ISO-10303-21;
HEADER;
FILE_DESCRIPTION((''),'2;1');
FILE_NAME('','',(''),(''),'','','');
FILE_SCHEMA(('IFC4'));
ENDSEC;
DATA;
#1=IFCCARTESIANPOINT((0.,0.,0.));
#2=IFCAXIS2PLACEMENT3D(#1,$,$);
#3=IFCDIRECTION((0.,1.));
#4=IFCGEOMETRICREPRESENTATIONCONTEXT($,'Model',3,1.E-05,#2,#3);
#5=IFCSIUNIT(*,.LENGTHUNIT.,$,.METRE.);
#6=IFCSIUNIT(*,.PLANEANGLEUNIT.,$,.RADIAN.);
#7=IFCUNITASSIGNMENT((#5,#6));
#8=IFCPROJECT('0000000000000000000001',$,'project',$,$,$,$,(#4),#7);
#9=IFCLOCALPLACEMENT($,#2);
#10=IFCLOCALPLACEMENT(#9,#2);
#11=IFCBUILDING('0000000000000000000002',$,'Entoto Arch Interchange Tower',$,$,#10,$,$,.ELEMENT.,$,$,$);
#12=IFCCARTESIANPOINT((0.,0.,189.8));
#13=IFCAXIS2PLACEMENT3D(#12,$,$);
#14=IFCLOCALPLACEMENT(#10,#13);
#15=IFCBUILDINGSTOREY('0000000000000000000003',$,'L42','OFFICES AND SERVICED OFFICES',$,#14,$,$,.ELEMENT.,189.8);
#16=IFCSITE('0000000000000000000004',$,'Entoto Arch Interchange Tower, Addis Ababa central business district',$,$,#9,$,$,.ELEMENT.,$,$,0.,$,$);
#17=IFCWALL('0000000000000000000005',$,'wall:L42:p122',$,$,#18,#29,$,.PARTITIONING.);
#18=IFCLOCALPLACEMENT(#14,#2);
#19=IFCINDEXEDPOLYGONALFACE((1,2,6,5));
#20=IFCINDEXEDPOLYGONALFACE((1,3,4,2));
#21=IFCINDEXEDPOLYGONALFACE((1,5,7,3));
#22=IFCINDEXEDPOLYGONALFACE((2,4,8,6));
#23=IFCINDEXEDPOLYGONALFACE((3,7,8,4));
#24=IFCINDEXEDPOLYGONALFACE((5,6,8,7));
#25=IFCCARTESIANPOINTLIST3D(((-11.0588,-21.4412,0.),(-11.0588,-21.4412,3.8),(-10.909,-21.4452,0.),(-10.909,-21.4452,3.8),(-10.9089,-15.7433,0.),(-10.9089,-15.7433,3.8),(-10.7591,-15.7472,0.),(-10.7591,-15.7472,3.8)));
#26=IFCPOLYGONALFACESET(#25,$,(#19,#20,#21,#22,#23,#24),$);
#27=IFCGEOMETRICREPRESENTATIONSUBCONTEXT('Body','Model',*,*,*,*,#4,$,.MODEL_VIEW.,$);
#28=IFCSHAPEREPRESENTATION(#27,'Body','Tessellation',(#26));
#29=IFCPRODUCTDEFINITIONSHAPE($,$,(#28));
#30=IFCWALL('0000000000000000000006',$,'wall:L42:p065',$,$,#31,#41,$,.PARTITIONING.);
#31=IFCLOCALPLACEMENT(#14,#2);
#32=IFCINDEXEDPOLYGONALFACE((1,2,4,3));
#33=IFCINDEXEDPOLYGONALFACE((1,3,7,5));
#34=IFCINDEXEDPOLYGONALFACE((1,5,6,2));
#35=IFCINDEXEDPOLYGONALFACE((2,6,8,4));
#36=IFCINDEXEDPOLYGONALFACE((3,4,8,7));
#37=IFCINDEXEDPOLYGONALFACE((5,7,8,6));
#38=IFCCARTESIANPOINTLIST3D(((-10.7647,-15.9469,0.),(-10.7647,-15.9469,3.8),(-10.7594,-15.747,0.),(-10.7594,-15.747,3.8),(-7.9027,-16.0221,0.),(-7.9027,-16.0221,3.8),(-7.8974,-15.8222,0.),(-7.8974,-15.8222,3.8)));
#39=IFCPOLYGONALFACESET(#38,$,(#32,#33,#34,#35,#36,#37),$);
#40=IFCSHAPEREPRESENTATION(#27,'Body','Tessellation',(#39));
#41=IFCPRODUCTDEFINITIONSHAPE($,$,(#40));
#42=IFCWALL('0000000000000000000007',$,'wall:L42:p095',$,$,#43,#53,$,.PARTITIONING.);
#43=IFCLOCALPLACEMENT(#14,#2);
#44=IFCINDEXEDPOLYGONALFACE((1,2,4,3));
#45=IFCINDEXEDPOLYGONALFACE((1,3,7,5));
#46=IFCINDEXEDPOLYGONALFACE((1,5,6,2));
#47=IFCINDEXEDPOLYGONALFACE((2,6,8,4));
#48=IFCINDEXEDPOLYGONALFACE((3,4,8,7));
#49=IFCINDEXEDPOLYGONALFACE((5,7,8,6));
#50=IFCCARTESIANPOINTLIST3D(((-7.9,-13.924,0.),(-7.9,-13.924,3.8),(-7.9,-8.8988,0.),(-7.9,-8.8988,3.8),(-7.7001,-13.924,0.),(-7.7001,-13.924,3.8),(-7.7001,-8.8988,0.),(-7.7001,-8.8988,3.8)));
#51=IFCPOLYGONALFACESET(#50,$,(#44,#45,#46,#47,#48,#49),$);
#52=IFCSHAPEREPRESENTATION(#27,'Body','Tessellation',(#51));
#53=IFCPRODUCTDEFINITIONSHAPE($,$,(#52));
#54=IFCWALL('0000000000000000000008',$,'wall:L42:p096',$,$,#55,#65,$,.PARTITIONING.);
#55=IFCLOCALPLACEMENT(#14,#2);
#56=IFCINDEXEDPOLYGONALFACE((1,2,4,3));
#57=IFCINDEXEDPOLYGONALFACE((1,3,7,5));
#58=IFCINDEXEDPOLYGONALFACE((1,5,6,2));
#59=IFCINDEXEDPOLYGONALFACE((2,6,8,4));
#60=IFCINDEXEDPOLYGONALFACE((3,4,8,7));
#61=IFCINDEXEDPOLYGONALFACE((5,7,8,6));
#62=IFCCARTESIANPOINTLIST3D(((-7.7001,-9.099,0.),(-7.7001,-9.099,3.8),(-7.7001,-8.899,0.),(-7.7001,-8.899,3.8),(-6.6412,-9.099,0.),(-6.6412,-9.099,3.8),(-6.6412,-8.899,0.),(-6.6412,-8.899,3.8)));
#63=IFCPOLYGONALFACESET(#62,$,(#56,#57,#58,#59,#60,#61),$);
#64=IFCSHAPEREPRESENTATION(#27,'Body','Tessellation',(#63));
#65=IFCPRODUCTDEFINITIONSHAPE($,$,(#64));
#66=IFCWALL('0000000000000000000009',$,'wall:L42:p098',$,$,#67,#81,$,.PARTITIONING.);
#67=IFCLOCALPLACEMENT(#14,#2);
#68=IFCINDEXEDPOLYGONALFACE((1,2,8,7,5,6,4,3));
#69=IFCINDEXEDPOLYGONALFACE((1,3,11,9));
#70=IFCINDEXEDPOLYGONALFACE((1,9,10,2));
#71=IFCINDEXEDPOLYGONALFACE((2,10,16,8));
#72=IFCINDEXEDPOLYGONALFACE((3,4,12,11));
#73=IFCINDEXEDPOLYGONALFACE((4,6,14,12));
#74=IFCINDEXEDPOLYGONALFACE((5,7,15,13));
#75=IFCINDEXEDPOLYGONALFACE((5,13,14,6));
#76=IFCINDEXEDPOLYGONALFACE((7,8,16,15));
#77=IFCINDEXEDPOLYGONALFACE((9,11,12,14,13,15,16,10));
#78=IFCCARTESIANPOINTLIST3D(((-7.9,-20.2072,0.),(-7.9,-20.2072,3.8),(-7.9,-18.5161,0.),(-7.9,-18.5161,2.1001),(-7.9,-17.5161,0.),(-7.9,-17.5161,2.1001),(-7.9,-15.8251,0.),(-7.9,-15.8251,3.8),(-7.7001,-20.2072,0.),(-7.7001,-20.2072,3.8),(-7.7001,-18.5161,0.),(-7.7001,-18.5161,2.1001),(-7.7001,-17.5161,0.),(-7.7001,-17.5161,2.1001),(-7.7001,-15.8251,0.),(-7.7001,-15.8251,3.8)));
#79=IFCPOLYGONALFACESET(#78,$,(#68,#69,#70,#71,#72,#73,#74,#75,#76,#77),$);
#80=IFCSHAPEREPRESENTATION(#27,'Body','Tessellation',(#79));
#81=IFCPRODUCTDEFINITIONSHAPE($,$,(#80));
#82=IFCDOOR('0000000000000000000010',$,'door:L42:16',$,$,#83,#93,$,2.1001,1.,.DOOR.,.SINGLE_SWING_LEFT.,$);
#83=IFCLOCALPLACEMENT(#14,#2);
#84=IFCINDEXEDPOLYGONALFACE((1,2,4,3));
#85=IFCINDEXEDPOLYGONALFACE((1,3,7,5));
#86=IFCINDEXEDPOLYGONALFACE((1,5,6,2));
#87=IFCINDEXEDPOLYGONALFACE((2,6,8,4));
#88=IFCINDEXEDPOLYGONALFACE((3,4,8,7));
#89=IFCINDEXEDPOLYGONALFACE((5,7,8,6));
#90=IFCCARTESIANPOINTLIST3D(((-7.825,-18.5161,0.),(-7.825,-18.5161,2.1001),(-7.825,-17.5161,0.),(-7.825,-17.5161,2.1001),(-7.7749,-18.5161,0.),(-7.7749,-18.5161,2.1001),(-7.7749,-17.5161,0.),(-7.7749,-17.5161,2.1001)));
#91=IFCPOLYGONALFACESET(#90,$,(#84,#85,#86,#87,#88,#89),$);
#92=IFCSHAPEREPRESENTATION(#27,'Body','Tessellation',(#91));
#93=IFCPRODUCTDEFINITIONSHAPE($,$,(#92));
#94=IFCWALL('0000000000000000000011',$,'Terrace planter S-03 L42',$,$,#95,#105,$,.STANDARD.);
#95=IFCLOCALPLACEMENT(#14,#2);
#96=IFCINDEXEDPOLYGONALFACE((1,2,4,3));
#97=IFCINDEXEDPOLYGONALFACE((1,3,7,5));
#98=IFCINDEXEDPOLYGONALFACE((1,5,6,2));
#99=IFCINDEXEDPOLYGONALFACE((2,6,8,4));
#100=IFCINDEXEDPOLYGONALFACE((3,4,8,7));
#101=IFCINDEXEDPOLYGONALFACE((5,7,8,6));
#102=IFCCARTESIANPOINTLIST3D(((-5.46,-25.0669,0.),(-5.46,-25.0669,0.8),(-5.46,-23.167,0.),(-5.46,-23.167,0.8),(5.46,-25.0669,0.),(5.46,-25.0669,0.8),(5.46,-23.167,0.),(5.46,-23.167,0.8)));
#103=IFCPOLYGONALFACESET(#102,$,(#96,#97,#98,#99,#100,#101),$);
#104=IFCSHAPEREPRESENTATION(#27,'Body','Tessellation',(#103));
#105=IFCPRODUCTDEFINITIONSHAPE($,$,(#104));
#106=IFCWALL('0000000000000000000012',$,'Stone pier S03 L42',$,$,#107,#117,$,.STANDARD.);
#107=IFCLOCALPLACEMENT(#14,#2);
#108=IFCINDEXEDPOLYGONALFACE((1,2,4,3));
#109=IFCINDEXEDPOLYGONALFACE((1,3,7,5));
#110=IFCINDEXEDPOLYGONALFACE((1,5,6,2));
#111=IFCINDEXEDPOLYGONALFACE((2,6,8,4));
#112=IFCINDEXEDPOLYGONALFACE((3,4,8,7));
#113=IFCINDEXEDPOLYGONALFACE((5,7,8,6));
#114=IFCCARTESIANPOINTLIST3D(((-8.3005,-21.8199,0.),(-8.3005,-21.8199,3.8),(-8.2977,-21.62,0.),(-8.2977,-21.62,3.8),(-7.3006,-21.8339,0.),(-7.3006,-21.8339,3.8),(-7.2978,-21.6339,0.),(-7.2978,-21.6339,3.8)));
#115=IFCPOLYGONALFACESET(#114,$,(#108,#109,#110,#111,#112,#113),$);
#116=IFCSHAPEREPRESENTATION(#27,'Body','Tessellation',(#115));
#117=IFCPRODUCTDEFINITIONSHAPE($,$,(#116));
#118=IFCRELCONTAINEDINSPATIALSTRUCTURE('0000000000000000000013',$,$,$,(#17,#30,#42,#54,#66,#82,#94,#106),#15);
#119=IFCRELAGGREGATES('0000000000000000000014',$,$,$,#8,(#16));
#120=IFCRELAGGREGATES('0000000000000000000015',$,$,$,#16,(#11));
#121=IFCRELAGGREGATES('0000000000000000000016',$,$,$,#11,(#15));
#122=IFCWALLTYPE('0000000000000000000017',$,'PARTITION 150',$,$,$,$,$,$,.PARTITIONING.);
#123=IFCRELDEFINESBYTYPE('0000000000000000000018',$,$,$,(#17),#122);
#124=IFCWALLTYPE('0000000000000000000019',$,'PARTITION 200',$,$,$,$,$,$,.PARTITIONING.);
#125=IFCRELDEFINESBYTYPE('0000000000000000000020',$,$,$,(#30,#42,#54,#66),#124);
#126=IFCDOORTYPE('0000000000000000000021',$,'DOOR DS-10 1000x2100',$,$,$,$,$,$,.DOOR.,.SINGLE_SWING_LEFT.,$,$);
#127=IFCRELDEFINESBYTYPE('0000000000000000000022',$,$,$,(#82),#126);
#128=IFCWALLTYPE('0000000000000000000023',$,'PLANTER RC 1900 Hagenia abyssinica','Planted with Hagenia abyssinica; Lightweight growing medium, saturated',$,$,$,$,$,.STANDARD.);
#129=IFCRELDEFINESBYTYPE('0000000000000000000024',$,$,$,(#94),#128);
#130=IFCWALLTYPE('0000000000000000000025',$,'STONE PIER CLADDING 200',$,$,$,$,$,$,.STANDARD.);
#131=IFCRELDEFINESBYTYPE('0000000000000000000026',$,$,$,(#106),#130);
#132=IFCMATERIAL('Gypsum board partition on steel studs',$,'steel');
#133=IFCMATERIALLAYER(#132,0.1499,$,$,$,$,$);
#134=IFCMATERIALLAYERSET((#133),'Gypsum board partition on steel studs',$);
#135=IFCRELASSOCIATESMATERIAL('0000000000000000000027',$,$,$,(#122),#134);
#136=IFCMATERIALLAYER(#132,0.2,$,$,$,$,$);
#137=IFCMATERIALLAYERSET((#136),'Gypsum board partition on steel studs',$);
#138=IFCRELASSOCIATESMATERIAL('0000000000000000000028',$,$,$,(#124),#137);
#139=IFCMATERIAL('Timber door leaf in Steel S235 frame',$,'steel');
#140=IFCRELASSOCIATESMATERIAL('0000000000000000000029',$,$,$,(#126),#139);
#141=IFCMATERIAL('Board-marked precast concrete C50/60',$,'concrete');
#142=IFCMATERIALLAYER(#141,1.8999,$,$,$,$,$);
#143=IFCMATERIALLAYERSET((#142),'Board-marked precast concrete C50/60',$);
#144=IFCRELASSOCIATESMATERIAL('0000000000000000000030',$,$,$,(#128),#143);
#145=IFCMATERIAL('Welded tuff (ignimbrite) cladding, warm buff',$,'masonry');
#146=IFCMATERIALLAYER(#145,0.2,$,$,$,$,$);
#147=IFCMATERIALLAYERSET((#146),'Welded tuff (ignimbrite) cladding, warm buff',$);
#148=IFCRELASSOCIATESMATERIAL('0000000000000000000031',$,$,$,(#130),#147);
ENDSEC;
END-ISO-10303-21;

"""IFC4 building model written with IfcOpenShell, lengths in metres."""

from ifc_helpers import new_model, si_unit, direction, frame, frame_2d, origin, place, context, subcontext, project, spatial, rectangle, extrude, material, layer, layer_set, type_object, element, fill, save


model = new_model("IFC4")

# Units and contexts
model_context = context("Model", 3, precision=1e-05, world=origin(), true_north=direction((0.0, 1.0)))
body_context = subcontext(model_context, "Body", "Model", "MODEL_VIEW")
ifc_project = project(units=[si_unit("LENGTHUNIT", "METRE"), si_unit("PLANEANGLEUNIT", "RADIAN")], contexts=[model_context])

# Site, building, storey
site_placement = place(None, origin())
site = spatial("IfcSite", under=ifc_project, at=site_placement, Name="Entoto Arch Interchange Tower, Addis Ababa central business district", CompositionType="ELEMENT", RefElevation=0.0)
building_placement = place(site_placement, origin())
building = spatial("IfcBuilding", under=site, at=building_placement, Name="Entoto Arch Interchange Tower", CompositionType="ELEMENT")
storey_placement = place(building_placement, frame((0.0, 0.0, 189.8)))
storey = spatial("IfcBuildingStorey", under=building, at=storey_placement, Name="L42", Description="OFFICES AND SERVICED OFFICES", CompositionType="ELEMENT", Elevation=189.8)

# Walls
ifc_material_1 = material(Name="Gypsum board partition on steel studs", Category="steel")
ifc_layer_1 = layer(ifc_material_1, 0.1499)
ifc_layer_set_1 = layer_set([ifc_layer_1], Name="Gypsum board partition on steel studs")
wall_type_1 = type_object("IfcWallType", Name="PARTITION 150", PredefinedType="PARTITIONING", material=ifc_layer_set_1)
wall_1_placement = place(storey_placement, frame((-10.834, -15.7451, 0.0), z_axis=(0.0, 0.0, 1.0), x_axis=(-0.026299, -0.999654, 0.0)))
element("IfcWall", 1, at=wall_1_placement, inside=storey, type_object=wall_type_1, Name="wall:L42:p122", PredefinedType="PARTITIONING", context=body_context, shape_type="SweptSolid", body=[
    extrude(rectangle(XDim=5.7, YDim=0.1499, at=frame_2d((2.8501, 0.0))), origin(), (0.0, 0.0, 1.0), 3.8),
])
ifc_layer_2 = layer(ifc_material_1, 0.2)
ifc_layer_set_2 = layer_set([ifc_layer_2], Name="Gypsum board partition on steel studs")
wall_type_2 = type_object("IfcWallType", Name="PARTITION 200", PredefinedType="PARTITIONING", material=ifc_layer_set_2)
wall_2_placement = place(storey_placement, frame((-7.8999, -15.9221, 0.0), z_axis=(0.0, 0.0, 1.0), x_axis=(-0.999655, 0.026264, 0.0)))
element("IfcWall", 2, at=wall_2_placement, inside=storey, type_object=wall_type_2, Name="wall:L42:p065", PredefinedType="PARTITIONING", context=body_context, shape_type="SweptSolid", body=[
    extrude(rectangle(XDim=2.863, YDim=0.2, at=frame_2d((1.4316, 0.0))), origin(), (0.0, 0.0, 1.0), 3.8),
])
wall_3_placement = place(storey_placement, frame((-7.8, -13.9241, 0.0), z_axis=(0.0, 0.0, 1.0), x_axis=(0.0, 1.0, 0.0)))
element("IfcWall", 3, at=wall_3_placement, inside=storey, type_object=wall_type_2, Name="wall:L42:p095", PredefinedType="PARTITIONING", context=body_context, shape_type="SweptSolid", body=[
    extrude(rectangle(XDim=5.0251, YDim=0.2, at=frame_2d((2.5127, 0.0))), origin(), (0.0, 0.0, 1.0), 3.8),
])
wall_4_placement = place(storey_placement, frame((-7.7, -8.999, 0.0), z_axis=(0.0, 0.0, 1.0), x_axis=(1.0, 0.0, 0.0)))
element("IfcWall", 4, at=wall_4_placement, inside=storey, type_object=wall_type_2, Name="wall:L42:p096", PredefinedType="PARTITIONING", context=body_context, shape_type="SweptSolid", body=[
    extrude(rectangle(XDim=1.0588, YDim=0.2, at=frame_2d((0.5293, 0.0))), origin(), (0.0, 0.0, 1.0), 3.8),
])

# Wall, opening, door
wall_5_placement = place(storey_placement, frame((-7.8, -20.207, 0.0), z_axis=(0.0, 0.0, 1.0), x_axis=(0.0, 1.0, 0.0)))
wall_5 = element("IfcWall", 5, at=wall_5_placement, inside=storey, type_object=wall_type_2, Name="wall:L42:p098", PredefinedType="PARTITIONING", context=body_context, shape_type="SweptSolid", body=[
    extrude(rectangle(XDim=4.3821, YDim=0.2, at=frame_2d((2.1909, 0.0))), origin(), (0.0, 0.0, 1.0), 3.8),
])
opening_placement = place(wall_5_placement, frame((1.6909, 0.0, 0.0)))
opening = element("IfcOpeningElement", 6, at=opening_placement, cuts=wall_5, PredefinedType="OPENING", context=body_context, shape_type="SweptSolid", body=[
    extrude(rectangle(XDim=1.0, YDim=2.1001, at=frame_2d((0.5, 1.05))), frame((0.0, 0.1099, 0.0), z_axis=(0.0, -1.0, 0.0), x_axis=(1.0, 0.0, 0.0)), (0.0, 0.0, 1.0), 0.22),
])
ifc_material_2 = material(Name="Timber door leaf in Steel S235 frame", Category="steel")
door_type = type_object("IfcDoorType", Name="DOOR DS-10 1000x2100", OperationType="SINGLE_SWING_LEFT", PredefinedType="DOOR", material=ifc_material_2)
door_placement = place(opening_placement, origin())
door = element("IfcDoor", 7, at=door_placement, inside=storey, type_object=door_type, Name="door:L42:16", OperationType="SINGLE_SWING_LEFT", OverallHeight=2.1001, OverallWidth=1.0, PredefinedType="DOOR", context=body_context, shape_type="SweptSolid", body=[
    extrude(rectangle(XDim=1.0, YDim=2.1001, at=frame_2d((0.5, 1.05))), frame((0.0, 0.0249, 0.0), z_axis=(0.0, -1.0, 0.0), x_axis=(1.0, 0.0, 0.0)), (0.0, 0.0, 1.0), 0.05),
])
fill(opening, door)

# Walls
ifc_material_3 = material(Name="Board-marked precast concrete C50/60", Category="concrete")
ifc_layer_3 = layer(ifc_material_3, 1.8999)
ifc_layer_set_3 = layer_set([ifc_layer_3], Name="Board-marked precast concrete C50/60")
wall_type_3 = type_object("IfcWallType", Name="PLANTER RC 1900 Hagenia abyssinica", Description="Planted with Hagenia abyssinica; Lightweight growing medium, saturated", PredefinedType="STANDARD", material=ifc_layer_set_3)
wall_6_placement = place(storey_placement, frame((-5.46, -24.1169, 0.0), z_axis=(0.0, 0.0, 1.0), x_axis=(1.0, 0.0, 0.0)))
element("IfcWall", 8, at=wall_6_placement, inside=storey, type_object=wall_type_3, Name="Terrace planter S-03 L42", PredefinedType="STANDARD", context=body_context, shape_type="SweptSolid", body=[
    extrude(rectangle(XDim=10.9199, YDim=1.8999, at=frame_2d((5.46, 0.0))), origin(), (0.0, 0.0, 1.0), 0.8),
])
ifc_material_4 = material(Name="Welded tuff (ignimbrite) cladding, warm buff", Category="masonry")
ifc_layer_4 = layer(ifc_material_4, 0.2)
ifc_layer_set_4 = layer_set([ifc_layer_4], Name="Welded tuff (ignimbrite) cladding, warm buff")
wall_type_4 = type_object("IfcWallType", Name="STONE PIER CLADDING 200", PredefinedType="STANDARD", material=ifc_layer_set_4)
wall_7_placement = place(storey_placement, frame((-8.2991, -21.72, 0.0), z_axis=(0.0, 0.0, 1.0), x_axis=(0.999903, -0.013915, 0.0)))
element("IfcWall", 9, at=wall_7_placement, inside=storey, type_object=wall_type_4, Name="Stone pier S03 L42", PredefinedType="STANDARD", context=body_context, shape_type="SweptSolid", body=[
    extrude(rectangle(XDim=1.0, YDim=0.2, at=frame_2d((0.5, 0.0))), origin(), (0.0, 0.0, 1.0), 3.8),
])

save(model, "model.ifc")
